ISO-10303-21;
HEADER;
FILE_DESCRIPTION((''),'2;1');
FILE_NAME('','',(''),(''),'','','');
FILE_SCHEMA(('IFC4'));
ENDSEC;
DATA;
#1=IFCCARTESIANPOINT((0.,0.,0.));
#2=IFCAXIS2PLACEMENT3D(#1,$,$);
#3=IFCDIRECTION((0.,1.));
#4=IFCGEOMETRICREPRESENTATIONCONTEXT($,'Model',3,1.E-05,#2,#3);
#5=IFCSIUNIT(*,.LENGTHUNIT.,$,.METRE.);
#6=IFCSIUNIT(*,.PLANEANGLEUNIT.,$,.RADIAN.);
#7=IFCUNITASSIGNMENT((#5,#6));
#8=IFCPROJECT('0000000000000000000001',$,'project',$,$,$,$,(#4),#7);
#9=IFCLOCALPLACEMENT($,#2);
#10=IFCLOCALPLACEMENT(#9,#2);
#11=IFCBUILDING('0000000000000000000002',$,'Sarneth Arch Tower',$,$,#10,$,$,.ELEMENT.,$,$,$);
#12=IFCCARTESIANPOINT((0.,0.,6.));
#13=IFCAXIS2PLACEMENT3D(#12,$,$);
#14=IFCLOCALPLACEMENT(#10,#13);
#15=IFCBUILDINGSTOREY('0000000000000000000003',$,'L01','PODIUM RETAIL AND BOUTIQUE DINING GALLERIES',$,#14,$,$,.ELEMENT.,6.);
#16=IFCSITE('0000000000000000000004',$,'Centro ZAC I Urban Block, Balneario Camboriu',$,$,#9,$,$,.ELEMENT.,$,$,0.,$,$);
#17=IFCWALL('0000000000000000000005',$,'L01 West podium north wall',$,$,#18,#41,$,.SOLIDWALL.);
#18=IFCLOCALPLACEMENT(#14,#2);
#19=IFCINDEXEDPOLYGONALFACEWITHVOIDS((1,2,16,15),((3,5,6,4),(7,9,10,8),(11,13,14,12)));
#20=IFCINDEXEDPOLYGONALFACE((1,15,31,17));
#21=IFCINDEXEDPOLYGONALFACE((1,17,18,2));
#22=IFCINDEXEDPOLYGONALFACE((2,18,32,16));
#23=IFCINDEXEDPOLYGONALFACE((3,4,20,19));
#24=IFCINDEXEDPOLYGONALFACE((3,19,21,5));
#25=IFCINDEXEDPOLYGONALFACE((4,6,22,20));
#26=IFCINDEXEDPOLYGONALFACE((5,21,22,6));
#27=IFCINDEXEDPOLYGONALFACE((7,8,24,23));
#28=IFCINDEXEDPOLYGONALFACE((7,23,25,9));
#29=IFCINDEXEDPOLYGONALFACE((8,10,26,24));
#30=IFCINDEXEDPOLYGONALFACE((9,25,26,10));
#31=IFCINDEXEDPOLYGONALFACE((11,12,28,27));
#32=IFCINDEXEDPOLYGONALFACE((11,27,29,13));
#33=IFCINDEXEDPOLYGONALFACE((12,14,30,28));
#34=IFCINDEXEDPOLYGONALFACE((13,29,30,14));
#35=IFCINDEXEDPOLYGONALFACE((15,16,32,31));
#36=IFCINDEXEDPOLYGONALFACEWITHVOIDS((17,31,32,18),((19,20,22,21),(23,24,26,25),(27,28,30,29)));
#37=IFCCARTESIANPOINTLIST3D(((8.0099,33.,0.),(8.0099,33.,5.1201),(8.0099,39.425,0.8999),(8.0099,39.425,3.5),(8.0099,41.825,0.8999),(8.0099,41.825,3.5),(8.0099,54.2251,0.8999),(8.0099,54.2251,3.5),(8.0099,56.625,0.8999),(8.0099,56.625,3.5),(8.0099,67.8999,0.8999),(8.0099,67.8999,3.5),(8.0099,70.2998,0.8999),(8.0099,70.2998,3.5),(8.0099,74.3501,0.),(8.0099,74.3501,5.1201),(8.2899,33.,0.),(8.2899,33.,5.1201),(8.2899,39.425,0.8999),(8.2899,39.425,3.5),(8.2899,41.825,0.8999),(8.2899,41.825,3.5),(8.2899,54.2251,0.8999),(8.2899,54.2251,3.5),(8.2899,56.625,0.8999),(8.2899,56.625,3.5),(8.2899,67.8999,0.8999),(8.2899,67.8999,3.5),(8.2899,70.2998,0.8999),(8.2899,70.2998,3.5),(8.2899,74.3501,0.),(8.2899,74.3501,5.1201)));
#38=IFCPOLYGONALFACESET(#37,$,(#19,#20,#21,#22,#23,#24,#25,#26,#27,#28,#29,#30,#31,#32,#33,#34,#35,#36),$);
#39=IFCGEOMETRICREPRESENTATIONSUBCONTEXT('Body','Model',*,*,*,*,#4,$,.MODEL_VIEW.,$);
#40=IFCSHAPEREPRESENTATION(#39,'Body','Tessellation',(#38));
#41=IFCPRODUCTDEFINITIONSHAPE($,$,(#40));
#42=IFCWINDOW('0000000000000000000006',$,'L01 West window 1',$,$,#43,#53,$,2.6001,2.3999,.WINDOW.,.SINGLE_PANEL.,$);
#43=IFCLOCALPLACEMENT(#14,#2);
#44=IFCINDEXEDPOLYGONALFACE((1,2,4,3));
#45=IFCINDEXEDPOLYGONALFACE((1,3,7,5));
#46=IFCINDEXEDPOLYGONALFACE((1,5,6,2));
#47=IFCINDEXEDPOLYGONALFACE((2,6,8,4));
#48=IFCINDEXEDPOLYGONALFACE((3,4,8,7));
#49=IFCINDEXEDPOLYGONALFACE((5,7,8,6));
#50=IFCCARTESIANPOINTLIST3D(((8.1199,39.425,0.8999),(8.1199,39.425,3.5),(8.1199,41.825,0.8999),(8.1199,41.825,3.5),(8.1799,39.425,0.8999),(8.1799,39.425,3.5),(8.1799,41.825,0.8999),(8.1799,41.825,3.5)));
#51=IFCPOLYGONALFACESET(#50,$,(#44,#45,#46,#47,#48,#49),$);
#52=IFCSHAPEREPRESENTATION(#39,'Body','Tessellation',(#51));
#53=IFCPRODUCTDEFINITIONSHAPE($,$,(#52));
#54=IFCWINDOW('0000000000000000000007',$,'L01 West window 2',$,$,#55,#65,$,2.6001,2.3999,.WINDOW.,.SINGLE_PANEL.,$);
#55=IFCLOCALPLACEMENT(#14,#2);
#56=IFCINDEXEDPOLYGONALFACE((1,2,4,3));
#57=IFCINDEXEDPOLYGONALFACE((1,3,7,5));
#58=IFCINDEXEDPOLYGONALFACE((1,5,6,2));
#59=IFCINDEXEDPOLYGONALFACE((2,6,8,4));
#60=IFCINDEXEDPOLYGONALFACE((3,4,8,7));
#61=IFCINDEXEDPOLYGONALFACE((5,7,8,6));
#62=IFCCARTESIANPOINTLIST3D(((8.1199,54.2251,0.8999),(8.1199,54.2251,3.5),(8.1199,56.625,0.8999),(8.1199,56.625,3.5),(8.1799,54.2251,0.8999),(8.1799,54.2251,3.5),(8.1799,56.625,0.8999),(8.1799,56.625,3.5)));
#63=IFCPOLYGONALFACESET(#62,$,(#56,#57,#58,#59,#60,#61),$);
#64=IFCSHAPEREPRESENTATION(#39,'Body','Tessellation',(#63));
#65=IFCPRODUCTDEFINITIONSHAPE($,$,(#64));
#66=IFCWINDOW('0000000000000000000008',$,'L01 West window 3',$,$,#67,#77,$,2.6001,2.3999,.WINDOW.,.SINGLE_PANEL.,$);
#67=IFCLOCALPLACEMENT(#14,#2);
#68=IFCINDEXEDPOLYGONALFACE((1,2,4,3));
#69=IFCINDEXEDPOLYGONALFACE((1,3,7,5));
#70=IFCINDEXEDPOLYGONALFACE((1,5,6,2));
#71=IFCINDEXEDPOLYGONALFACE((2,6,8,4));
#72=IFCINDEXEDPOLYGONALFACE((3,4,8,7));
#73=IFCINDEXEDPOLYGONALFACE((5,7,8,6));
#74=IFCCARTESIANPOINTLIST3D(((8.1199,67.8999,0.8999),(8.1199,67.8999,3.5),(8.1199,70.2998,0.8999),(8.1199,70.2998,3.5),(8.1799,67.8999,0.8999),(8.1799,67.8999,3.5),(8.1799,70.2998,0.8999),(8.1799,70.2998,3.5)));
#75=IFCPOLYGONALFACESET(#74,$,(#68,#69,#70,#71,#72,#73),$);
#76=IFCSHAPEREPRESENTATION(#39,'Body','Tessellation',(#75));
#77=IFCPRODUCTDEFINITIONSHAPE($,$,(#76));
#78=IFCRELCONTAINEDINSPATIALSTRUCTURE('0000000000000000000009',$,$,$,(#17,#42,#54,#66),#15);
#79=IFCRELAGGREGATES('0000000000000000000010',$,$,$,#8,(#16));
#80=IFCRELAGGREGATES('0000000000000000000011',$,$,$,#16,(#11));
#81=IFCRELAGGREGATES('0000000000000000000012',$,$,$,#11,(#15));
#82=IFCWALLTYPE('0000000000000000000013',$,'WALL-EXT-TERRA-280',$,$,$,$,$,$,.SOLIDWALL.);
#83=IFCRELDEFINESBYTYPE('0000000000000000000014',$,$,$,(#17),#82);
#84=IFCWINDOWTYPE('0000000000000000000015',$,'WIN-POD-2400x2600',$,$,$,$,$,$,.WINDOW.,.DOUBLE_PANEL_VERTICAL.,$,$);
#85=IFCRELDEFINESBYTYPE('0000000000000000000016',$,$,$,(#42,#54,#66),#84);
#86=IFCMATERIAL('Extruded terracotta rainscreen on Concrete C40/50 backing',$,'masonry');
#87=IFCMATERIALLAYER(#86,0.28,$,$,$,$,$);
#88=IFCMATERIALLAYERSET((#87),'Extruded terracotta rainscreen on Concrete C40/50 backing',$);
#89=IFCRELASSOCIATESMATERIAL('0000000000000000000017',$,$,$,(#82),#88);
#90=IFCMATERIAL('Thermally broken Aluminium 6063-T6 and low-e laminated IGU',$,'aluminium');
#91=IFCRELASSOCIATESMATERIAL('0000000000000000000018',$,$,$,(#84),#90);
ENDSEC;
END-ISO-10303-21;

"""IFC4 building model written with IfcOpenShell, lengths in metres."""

from ifc_helpers import new_model, si_unit, direction, frame, frame_2d, origin, place, context, subcontext, project, spatial, rectangle, extrude, material, layer, layer_set, type_object, element, fill, save


model = new_model("IFC4")

# Units and contexts
model_context = context("Model", 3, precision=1e-05, world=origin(), true_north=direction((0.0, 1.0)))
body_context = subcontext(model_context, "Body", "Model", "MODEL_VIEW")
ifc_project = project(units=[si_unit("LENGTHUNIT", "METRE"), si_unit("PLANEANGLEUNIT", "RADIAN")], contexts=[model_context])

# Site, building, storey
site_placement = place(None, origin())
site = spatial("IfcSite", under=ifc_project, at=site_placement, Name="Centro ZAC I Urban Block, Balneario Camboriu", CompositionType="ELEMENT", RefElevation=0.0)
building_placement = place(site_placement, origin())
building = spatial("IfcBuilding", under=site, at=building_placement, Name="Sarneth Arch Tower", CompositionType="ELEMENT")
storey_placement = place(building_placement, frame((0.0, 0.0, 6.0)))
storey = spatial("IfcBuildingStorey", under=building, at=storey_placement, Name="L01", Description="PODIUM RETAIL AND BOUTIQUE DINING GALLERIES", CompositionType="ELEMENT", Elevation=6.0)

# Wall, openings, windows
ifc_material_1 = material(Name="Extruded terracotta rainscreen on Concrete C40/50 backing", Category="masonry")
ifc_layer_1 = layer(ifc_material_1, 0.28)
ifc_layer_set_1 = layer_set([ifc_layer_1], Name="Extruded terracotta rainscreen on Concrete C40/50 backing")
wall_type_1 = type_object("IfcWallType", Name="WALL-EXT-TERRA-280", PredefinedType="SOLIDWALL", material=ifc_layer_set_1)
wall_1_placement = place(storey_placement, frame((8.1499, 33.0, 0.0), z_axis=(0.0, 0.0, 1.0), x_axis=(0.0, 1.0, 0.0)))
wall_1 = element("IfcWall", 1, at=wall_1_placement, inside=storey, type_object=wall_type_1, Name="L01 West podium north wall", PredefinedType="SOLIDWALL", context=body_context, shape_type="SweptSolid", body=[
    extrude(rectangle(XDim=41.3501, YDim=0.28, at=frame_2d((20.675, 0.0))), origin(), (0.0, 0.0, 1.0), 5.1201),
])
opening_1_placement = place(wall_1_placement, frame((6.425, 0.0, 0.8999)))
opening_1 = element("IfcOpeningElement", 2, at=opening_1_placement, cuts=wall_1, PredefinedType="OPENING", context=body_context, shape_type="SweptSolid", body=[
    extrude(rectangle(XDim=2.3999, YDim=2.6001, at=frame_2d((1.2, 1.3))), frame((0.0, 0.1499, 0.0), z_axis=(0.0, -1.0, 0.0), x_axis=(1.0, 0.0, 0.0)), (0.0, 0.0, 1.0), 0.3),
])
opening_2_placement = place(wall_1_placement, frame((21.2251, 0.0, 0.8999)))
opening_2 = element("IfcOpeningElement", 3, at=opening_2_placement, cuts=wall_1, PredefinedType="OPENING", context=body_context, shape_type="SweptSolid", body=[
    extrude(rectangle(XDim=2.3999, YDim=2.6001, at=frame_2d((1.2, 1.3))), frame((0.0, 0.1499, 0.0), z_axis=(0.0, -1.0, 0.0), x_axis=(1.0, 0.0, 0.0)), (0.0, 0.0, 1.0), 0.3),
])
opening_3_placement = place(wall_1_placement, frame((34.8999, 0.0, 0.8999)))
opening_3 = element("IfcOpeningElement", 4, at=opening_3_placement, cuts=wall_1, PredefinedType="OPENING", context=body_context, shape_type="SweptSolid", body=[
    extrude(rectangle(XDim=2.3999, YDim=2.6001, at=frame_2d((1.2, 1.3))), frame((0.0, 0.1499, 0.0), z_axis=(0.0, -1.0, 0.0), x_axis=(1.0, 0.0, 0.0)), (0.0, 0.0, 1.0), 0.3),
])
ifc_material_2 = material(Name="Thermally broken Aluminium 6063-T6 and low-e laminated IGU", Category="aluminium")
window_type = type_object("IfcWindowType", Name="WIN-POD-2400x2600", PartitioningType="DOUBLE_PANEL_VERTICAL", PredefinedType="WINDOW", material=ifc_material_2)
window_1_placement = place(opening_1_placement, origin())
window_1 = element("IfcWindow", 5, at=window_1_placement, inside=storey, type_object=window_type, Name="L01 West window 1", OverallHeight=2.6001, OverallWidth=2.3999, PartitioningType="SINGLE_PANEL", PredefinedType="WINDOW", context=body_context, shape_type="SweptSolid", body=[
    extrude(rectangle(XDim=2.3999, YDim=2.6001, at=frame_2d((1.2, 1.3))), frame((0.0, 0.03, 0.0), z_axis=(0.0, -1.0, 0.0), x_axis=(1.0, 0.0, 0.0)), (0.0, 0.0, 1.0), 0.0601),
])
fill(opening_1, window_1)
window_2_placement = place(opening_2_placement, origin())
window_2 = element("IfcWindow", 6, at=window_2_placement, inside=storey, type_object=window_type, Name="L01 West window 2", OverallHeight=2.6001, OverallWidth=2.3999, PartitioningType="SINGLE_PANEL", PredefinedType="WINDOW", context=body_context, shape_type="SweptSolid", body=[
    extrude(rectangle(XDim=2.3999, YDim=2.6001, at=frame_2d((1.2, 1.3))), frame((0.0, 0.03, 0.0), z_axis=(0.0, -1.0, 0.0), x_axis=(1.0, 0.0, 0.0)), (0.0, 0.0, 1.0), 0.0601),
])
fill(opening_2, window_2)
window_3_placement = place(opening_3_placement, origin())
window_3 = element("IfcWindow", 7, at=window_3_placement, inside=storey, type_object=window_type, Name="L01 West window 3", OverallHeight=2.6001, OverallWidth=2.3999, PartitioningType="SINGLE_PANEL", PredefinedType="WINDOW", context=body_context, shape_type="SweptSolid", body=[
    extrude(rectangle(XDim=2.3999, YDim=2.6001, at=frame_2d((1.2, 1.3))), frame((0.0, 0.03, 0.0), z_axis=(0.0, -1.0, 0.0), x_axis=(1.0, 0.0, 0.0)), (0.0, 0.0, 1.0), 0.0601),
])
fill(opening_3, window_3)

save(model, "model.ifc")
